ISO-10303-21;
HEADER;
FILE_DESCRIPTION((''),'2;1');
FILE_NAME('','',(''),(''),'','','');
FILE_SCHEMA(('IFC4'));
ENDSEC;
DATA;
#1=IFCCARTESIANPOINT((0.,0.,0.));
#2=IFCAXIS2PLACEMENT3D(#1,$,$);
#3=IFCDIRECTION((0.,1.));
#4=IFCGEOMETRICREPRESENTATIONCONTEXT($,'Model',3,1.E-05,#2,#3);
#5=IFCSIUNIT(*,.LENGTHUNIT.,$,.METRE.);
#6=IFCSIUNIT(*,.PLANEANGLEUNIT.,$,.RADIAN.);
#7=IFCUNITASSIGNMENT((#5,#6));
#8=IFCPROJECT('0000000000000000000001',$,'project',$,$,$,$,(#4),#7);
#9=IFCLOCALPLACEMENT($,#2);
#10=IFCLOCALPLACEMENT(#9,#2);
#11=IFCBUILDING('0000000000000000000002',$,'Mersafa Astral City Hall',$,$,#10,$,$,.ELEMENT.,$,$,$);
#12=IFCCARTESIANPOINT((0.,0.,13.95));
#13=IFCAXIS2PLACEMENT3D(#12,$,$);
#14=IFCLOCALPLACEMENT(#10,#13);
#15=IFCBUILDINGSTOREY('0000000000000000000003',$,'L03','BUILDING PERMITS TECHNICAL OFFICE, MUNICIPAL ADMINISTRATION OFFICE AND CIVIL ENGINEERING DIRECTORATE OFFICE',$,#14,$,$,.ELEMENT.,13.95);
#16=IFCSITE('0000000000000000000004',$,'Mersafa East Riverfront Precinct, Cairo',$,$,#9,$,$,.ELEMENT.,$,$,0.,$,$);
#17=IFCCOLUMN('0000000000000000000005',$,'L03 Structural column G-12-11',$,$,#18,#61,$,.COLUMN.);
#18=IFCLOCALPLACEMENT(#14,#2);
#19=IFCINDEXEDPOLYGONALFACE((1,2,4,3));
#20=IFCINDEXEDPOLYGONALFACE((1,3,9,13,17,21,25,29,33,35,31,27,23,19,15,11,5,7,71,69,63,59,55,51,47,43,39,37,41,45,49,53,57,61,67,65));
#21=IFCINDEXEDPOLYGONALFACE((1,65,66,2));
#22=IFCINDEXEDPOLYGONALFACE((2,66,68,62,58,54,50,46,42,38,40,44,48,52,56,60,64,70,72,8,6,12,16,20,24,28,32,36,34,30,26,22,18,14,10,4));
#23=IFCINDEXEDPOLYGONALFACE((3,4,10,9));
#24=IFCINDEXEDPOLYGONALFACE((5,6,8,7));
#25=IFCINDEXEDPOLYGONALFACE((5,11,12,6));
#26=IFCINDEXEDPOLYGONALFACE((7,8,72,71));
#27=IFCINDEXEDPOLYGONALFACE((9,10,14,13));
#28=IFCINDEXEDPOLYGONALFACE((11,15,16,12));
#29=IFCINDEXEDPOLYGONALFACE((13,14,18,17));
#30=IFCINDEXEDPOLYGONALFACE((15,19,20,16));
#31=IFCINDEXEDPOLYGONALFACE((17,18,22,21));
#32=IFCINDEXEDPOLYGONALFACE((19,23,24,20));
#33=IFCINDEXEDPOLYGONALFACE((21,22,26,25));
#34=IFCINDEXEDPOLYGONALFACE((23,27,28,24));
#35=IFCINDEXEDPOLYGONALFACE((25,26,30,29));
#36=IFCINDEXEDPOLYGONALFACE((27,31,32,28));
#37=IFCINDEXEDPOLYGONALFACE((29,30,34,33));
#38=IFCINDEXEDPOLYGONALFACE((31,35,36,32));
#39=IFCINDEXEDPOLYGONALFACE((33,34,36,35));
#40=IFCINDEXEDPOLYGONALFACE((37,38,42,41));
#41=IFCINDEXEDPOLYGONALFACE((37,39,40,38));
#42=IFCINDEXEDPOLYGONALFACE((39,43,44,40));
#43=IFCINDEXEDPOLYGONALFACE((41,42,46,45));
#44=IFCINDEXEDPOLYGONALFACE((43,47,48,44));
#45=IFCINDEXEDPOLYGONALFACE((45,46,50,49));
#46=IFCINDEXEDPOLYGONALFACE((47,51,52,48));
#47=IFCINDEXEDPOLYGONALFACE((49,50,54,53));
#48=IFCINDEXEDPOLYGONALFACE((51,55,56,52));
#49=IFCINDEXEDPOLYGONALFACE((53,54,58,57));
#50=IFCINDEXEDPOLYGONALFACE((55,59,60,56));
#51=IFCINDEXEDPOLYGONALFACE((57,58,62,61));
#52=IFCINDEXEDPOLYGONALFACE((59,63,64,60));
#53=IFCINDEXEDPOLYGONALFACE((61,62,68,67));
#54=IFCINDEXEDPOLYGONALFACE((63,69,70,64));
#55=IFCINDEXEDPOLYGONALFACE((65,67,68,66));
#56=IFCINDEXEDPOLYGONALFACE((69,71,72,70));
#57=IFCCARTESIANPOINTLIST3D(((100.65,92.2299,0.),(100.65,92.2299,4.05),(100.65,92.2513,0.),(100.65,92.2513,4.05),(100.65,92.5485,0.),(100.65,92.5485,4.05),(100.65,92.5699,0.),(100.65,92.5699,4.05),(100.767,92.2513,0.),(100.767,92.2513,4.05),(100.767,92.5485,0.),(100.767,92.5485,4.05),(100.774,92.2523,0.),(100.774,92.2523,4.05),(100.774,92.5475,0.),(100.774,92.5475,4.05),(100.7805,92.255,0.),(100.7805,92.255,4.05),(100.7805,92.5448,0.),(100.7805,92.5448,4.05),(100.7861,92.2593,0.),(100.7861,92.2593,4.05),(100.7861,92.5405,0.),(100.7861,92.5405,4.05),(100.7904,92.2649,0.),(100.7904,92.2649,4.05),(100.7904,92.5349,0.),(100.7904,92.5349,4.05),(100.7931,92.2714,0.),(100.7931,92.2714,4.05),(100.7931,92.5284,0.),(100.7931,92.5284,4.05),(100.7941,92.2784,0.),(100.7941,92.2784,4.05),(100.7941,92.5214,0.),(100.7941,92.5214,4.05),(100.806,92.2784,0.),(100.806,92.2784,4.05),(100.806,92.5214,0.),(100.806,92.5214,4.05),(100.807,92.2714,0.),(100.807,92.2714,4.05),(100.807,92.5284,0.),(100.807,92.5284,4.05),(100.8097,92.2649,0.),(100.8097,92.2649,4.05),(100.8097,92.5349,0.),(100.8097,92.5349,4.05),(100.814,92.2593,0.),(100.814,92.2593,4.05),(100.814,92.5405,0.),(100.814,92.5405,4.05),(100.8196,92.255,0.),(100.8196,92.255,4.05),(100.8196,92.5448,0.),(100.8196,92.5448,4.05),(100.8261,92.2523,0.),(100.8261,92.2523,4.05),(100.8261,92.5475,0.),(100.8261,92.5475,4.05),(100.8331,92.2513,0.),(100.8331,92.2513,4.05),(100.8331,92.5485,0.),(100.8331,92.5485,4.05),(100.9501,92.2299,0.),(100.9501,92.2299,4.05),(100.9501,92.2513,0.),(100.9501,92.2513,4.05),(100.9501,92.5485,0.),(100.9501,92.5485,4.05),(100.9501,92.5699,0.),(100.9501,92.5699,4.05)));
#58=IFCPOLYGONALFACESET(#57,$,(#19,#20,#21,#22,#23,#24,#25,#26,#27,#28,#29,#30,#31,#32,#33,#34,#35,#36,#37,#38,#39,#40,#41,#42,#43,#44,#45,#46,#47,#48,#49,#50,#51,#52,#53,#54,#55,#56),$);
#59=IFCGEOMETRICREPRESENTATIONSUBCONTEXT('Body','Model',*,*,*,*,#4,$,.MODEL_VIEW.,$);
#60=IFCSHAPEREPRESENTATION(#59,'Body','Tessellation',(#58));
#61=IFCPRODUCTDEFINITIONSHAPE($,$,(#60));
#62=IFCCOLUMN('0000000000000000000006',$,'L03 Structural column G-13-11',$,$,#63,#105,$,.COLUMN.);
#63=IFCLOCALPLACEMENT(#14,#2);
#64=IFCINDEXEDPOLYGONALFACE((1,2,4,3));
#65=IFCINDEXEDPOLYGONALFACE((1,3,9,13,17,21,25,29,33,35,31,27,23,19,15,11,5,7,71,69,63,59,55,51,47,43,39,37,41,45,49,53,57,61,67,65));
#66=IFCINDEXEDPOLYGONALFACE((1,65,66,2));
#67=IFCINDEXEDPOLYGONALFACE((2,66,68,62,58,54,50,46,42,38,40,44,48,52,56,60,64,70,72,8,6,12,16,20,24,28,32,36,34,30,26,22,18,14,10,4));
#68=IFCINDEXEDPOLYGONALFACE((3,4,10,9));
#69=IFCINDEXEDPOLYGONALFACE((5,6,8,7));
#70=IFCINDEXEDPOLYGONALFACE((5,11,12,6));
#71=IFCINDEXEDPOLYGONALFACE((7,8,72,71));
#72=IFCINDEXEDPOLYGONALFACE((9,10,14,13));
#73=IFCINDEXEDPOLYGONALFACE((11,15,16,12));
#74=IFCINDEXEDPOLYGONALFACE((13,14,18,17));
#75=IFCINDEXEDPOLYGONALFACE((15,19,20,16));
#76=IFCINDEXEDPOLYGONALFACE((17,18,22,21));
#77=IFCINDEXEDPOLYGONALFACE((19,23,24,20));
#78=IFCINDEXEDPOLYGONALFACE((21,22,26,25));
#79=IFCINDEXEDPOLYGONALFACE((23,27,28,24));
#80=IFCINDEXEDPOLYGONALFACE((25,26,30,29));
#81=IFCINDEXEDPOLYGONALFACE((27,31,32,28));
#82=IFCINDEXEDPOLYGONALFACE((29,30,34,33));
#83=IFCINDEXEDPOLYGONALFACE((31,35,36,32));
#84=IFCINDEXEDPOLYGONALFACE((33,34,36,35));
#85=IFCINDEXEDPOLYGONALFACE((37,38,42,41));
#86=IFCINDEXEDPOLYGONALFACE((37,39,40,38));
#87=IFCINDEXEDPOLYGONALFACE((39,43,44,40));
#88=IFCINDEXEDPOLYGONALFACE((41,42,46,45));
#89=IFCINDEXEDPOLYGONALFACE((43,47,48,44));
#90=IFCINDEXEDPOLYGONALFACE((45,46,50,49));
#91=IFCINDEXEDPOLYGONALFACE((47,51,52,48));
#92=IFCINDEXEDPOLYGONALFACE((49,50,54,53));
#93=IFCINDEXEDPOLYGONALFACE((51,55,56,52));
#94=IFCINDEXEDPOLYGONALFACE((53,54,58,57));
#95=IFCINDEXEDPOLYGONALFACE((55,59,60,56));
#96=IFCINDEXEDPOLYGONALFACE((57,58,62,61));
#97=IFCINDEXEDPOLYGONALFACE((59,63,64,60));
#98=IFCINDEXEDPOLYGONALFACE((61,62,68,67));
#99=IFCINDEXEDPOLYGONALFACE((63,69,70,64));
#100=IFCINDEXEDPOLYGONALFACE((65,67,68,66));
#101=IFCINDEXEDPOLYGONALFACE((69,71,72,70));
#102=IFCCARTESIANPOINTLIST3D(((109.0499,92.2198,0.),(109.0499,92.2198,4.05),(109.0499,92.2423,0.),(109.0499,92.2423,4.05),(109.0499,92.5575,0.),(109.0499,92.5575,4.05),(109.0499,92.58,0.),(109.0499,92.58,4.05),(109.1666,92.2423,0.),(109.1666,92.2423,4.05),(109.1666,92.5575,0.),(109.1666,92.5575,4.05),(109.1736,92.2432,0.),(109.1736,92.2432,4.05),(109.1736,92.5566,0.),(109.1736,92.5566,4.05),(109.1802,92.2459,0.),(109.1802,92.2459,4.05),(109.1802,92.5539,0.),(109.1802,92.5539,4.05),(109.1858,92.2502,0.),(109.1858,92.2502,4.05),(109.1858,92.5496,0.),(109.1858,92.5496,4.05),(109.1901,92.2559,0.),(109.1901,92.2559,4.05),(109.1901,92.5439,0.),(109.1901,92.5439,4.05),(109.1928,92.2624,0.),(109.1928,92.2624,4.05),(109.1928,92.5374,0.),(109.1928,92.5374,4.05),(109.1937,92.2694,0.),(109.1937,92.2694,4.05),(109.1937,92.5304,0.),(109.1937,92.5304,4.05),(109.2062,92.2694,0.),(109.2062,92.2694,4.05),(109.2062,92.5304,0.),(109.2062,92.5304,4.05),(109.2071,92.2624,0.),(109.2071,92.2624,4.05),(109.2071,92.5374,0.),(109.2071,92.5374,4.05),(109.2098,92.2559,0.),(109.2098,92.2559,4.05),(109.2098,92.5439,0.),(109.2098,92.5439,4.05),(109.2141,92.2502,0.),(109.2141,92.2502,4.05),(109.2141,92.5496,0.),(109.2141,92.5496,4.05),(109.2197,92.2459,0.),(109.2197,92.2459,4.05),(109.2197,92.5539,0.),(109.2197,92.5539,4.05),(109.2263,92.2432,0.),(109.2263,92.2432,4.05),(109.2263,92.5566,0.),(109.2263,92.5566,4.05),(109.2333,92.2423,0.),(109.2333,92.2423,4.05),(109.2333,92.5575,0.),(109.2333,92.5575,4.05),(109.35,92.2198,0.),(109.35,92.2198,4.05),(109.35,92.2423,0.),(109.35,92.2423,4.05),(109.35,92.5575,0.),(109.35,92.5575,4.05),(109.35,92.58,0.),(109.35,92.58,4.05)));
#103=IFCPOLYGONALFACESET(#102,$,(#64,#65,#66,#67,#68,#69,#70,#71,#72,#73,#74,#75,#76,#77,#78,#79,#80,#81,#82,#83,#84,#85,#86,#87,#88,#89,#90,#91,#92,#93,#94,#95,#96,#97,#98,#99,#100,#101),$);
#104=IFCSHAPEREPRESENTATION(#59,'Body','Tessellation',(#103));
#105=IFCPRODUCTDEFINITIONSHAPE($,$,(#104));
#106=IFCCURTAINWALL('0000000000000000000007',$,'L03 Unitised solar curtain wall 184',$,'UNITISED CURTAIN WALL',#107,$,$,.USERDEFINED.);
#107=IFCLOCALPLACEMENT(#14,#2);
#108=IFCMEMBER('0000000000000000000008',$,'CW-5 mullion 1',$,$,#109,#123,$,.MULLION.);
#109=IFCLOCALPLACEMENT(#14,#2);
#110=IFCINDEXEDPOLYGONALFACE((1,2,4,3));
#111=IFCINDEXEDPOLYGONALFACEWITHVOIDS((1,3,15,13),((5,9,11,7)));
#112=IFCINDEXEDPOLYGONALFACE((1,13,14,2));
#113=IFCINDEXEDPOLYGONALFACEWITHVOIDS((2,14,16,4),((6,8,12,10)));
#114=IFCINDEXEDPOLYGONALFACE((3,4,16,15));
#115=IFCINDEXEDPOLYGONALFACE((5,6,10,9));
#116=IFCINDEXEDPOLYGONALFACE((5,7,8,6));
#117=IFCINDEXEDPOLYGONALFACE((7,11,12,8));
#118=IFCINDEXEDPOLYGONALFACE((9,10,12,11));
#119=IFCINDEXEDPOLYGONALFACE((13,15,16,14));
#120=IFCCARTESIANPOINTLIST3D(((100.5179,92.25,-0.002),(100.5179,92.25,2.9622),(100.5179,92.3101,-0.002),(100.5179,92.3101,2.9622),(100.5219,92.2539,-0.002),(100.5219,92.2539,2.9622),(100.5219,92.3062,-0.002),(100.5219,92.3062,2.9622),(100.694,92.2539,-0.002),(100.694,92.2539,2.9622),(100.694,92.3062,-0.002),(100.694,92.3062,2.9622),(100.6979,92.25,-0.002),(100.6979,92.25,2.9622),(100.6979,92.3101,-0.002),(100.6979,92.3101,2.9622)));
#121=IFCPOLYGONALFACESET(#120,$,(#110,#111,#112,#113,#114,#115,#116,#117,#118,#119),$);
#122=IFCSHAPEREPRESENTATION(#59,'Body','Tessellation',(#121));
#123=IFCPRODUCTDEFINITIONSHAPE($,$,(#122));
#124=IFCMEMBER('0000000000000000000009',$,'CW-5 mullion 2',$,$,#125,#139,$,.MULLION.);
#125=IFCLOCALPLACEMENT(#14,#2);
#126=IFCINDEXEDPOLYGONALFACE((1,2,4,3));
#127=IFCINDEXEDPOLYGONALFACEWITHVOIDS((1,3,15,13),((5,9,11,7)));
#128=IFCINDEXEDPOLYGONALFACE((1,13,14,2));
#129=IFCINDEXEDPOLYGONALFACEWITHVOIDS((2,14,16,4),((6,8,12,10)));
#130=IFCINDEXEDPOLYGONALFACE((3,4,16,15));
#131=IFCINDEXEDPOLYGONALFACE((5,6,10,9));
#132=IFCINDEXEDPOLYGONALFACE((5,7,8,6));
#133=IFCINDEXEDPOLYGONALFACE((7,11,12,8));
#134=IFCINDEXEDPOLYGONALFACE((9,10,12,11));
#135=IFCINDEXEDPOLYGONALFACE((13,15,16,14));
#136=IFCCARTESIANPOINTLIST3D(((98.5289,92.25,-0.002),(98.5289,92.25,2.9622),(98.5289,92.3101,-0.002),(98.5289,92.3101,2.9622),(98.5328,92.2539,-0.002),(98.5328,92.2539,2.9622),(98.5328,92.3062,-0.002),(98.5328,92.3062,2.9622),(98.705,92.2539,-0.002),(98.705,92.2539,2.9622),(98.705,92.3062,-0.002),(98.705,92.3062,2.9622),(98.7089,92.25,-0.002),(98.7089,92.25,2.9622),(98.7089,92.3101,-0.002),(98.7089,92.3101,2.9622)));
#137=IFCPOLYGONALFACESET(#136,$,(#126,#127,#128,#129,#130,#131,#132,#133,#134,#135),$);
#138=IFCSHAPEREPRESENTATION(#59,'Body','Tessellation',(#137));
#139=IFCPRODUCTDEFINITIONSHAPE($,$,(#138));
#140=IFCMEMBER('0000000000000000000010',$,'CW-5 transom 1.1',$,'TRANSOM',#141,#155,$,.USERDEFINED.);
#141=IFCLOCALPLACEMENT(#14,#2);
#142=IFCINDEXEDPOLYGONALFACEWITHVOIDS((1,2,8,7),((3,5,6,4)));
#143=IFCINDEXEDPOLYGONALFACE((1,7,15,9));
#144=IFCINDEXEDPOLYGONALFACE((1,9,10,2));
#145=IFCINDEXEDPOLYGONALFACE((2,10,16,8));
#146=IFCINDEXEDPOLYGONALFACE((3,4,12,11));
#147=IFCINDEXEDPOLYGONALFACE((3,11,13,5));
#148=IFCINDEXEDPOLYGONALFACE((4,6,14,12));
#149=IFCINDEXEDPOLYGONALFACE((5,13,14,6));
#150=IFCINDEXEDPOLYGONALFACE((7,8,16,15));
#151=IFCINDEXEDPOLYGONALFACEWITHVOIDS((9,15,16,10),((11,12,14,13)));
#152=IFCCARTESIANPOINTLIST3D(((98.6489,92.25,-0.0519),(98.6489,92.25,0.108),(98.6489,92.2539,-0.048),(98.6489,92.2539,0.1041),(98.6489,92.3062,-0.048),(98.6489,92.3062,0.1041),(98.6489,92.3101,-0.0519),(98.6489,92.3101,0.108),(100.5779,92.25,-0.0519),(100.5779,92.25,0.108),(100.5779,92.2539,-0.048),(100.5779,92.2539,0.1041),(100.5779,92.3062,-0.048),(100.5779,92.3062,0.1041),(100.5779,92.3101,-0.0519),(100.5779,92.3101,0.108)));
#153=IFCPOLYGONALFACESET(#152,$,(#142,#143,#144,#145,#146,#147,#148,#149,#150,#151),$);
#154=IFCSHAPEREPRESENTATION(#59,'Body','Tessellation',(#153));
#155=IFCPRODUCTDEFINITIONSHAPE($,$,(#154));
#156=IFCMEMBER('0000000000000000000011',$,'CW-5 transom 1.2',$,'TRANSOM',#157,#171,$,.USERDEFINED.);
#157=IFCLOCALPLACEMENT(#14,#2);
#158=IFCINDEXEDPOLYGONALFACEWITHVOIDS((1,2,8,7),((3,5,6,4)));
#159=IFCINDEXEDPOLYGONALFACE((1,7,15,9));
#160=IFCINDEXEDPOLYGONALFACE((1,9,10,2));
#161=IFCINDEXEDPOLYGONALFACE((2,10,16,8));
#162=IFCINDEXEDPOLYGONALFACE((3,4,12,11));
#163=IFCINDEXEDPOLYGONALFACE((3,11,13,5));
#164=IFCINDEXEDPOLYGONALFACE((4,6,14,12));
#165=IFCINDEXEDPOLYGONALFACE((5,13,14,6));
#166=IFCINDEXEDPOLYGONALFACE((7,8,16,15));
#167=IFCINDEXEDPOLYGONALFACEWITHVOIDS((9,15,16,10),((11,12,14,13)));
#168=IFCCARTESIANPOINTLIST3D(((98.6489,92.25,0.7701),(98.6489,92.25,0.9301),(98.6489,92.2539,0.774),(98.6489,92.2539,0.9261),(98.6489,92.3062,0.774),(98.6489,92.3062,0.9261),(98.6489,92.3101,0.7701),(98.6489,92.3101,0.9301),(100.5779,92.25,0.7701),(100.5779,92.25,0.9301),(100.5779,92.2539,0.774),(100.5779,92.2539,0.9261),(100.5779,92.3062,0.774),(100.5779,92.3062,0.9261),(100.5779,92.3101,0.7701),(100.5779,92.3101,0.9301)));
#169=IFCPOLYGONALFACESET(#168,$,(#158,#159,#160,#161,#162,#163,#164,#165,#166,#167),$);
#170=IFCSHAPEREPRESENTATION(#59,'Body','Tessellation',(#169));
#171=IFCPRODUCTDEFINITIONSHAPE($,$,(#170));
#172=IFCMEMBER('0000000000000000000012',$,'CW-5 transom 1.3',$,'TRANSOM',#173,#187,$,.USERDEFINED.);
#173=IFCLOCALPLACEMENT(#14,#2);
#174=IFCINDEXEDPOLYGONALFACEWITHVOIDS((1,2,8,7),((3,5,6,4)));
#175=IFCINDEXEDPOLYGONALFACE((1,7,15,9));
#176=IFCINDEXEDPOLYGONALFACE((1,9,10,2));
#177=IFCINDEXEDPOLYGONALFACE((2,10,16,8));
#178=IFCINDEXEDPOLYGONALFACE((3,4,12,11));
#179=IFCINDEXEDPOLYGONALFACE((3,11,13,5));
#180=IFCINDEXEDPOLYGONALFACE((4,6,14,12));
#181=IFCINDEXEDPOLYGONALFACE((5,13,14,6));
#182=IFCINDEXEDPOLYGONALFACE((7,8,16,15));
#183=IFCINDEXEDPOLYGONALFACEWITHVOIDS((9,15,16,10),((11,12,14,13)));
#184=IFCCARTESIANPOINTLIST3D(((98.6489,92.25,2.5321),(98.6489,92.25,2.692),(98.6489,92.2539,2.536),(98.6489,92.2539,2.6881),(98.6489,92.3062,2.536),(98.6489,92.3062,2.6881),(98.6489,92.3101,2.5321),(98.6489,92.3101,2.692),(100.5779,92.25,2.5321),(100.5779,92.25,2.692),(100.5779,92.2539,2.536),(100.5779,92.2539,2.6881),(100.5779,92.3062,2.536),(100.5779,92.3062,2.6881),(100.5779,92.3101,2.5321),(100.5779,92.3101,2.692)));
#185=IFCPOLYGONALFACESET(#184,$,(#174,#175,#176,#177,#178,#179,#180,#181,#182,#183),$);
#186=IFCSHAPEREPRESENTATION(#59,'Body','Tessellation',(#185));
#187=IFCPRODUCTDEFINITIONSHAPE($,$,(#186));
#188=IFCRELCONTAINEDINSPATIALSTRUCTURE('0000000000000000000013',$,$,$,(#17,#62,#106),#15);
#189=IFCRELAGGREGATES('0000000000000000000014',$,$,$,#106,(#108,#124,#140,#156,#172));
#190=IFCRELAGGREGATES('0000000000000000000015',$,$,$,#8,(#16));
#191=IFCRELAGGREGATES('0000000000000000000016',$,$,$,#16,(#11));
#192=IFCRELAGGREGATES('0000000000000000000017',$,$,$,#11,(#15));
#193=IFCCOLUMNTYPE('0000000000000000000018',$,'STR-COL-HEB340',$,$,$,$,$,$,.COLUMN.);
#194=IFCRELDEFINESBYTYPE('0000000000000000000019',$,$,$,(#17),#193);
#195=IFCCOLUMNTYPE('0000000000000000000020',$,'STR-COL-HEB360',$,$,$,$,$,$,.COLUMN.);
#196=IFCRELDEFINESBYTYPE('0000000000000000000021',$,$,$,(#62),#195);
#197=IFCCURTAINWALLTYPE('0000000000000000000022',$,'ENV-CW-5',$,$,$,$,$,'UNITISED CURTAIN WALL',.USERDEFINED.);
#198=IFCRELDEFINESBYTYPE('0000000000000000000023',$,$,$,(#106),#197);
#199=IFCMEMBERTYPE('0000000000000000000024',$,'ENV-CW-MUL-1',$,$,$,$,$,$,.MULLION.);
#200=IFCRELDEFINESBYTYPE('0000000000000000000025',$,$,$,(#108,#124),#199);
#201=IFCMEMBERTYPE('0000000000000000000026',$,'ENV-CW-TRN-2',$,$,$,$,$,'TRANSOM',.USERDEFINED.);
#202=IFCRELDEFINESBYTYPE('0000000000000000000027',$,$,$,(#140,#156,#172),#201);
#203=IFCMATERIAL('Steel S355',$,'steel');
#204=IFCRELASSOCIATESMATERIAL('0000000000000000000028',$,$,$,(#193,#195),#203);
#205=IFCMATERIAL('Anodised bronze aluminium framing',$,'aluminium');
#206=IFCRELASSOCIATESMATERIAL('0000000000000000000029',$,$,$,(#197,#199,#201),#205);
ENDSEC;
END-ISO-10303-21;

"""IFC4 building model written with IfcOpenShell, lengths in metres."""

from ifc_helpers import new_model, si_unit, direction, frame, origin, origin_2d, place, context, subcontext, project, spatial, hollow_rectangle, i_section, extrude, material, material_profile, profile_set, type_object, element, aggregate, save


model = new_model("IFC4")

# Units and contexts
model_context = context("Model", 3, precision=1e-05, world=origin(), true_north=direction((0.0, 1.0)))
body_context = subcontext(model_context, "Body", "Model", "MODEL_VIEW")
ifc_project = project(units=[si_unit("LENGTHUNIT", "METRE"), si_unit("PLANEANGLEUNIT", "RADIAN")], contexts=[model_context])

# Site, building, storey
site_placement = place(None, origin())
site = spatial("IfcSite", under=ifc_project, at=site_placement, Name="Mersafa East Riverfront Precinct, Cairo", CompositionType="ELEMENT", RefElevation=0.0)
building_placement = place(site_placement, origin())
building = spatial("IfcBuilding", under=site, at=building_placement, Name="Mersafa Astral City Hall", CompositionType="ELEMENT")
storey_placement = place(building_placement, frame((0.0, 0.0, 13.95)))
storey = spatial("IfcBuildingStorey", under=building, at=storey_placement, Name="L03", Description="BUILDING PERMITS TECHNICAL OFFICE, MUNICIPAL ADMINISTRATION OFFICE AND CIVIL ENGINEERING DIRECTORATE OFFICE", CompositionType="ELEMENT", Elevation=13.95)

# Columns
ifc_material_1 = material(Name="Steel S355", Category="steel")
ifc_material_profile_1 = material_profile(ifc_material_1, i_section(OverallWidth=0.3, OverallDepth=0.3401, WebThickness=0.012, FlangeThickness=0.0215, FilletRadius=0.0271, at=origin_2d()), Name="HEB 340")
ifc_profile_set_1 = profile_set([ifc_material_profile_1], Name="Steel S355")
column_type_1 = type_object("IfcColumnType", Name="STR-COL-HEB340", PredefinedType="COLUMN", material=ifc_profile_set_1)
column_1_placement = place(storey_placement, frame((100.8, 92.3999, 0.0), z_axis=(0.0, 0.0, 1.0), x_axis=(1.0, 0.0, 0.0)))
element("IfcColumn", 1, at=column_1_placement, inside=storey, type_object=column_type_1, Name="L03 Structural column G-12-11", PredefinedType="COLUMN", context=body_context, shape_type="SweptSolid", body=[
    extrude(i_section(OverallWidth=0.3, OverallDepth=0.3401, WebThickness=0.012, FlangeThickness=0.0215, FilletRadius=0.0271, at=origin_2d()), origin(), (0.0, 0.0, 1.0), 4.05),
])
ifc_material_profile_2 = material_profile(ifc_material_1, i_section(OverallWidth=0.3, OverallDepth=0.3601, WebThickness=0.0125, FlangeThickness=0.0225, FilletRadius=0.0271, at=origin_2d()), Name="HEB 360")
ifc_profile_set_2 = profile_set([ifc_material_profile_2], Name="Steel S355")
column_type_2 = type_object("IfcColumnType", Name="STR-COL-HEB360", PredefinedType="COLUMN", material=ifc_profile_set_2)
column_2_placement = place(storey_placement, frame((109.2, 92.3999, 0.0), z_axis=(0.0, 0.0, 1.0), x_axis=(1.0, 0.0, 0.0)))
element("IfcColumn", 2, at=column_2_placement, inside=storey, type_object=column_type_2, Name="L03 Structural column G-13-11", PredefinedType="COLUMN", context=body_context, shape_type="SweptSolid", body=[
    extrude(i_section(OverallWidth=0.3, OverallDepth=0.3601, WebThickness=0.0125, FlangeThickness=0.0225, FilletRadius=0.0271, at=origin_2d()), origin(), (0.0, 0.0, 1.0), 4.05),
])

# Curtain wall, members
ifc_material_2 = material(Name="Anodised bronze aluminium framing", Category="aluminium")
curtain_wall_type = type_object("IfcCurtainWallType", Name="ENV-CW-5", ElementType="UNITISED CURTAIN WALL", PredefinedType="USERDEFINED", material=ifc_material_2)
curtain_wall_placement = place(storey_placement, origin())
curtain_wall = element("IfcCurtainWall", 3, at=curtain_wall_placement, inside=storey, type_object=curtain_wall_type, Name="L03 Unitised solar curtain wall 184", ObjectType="UNITISED CURTAIN WALL", PredefinedType="USERDEFINED")
ifc_material_profile_3 = material_profile(ifc_material_2, hollow_rectangle(XDim=0.0601, YDim=0.1799, WallThickness=0.0039, at=origin_2d()), Name="RHS 60x180x4")
ifc_profile_set_3 = profile_set([ifc_material_profile_3], Name="Anodised bronze aluminium framing")
member_type_1 = type_object("IfcMemberType", Name="ENV-CW-MUL-1", PredefinedType="MULLION", material=ifc_profile_set_3)
member_1_placement = place(storey_placement, frame((100.6079, 92.28, -0.002), z_axis=(0.0, 0.0, 1.0), x_axis=(0.0, -1.0, 0.0)))
member_1 = element("IfcMember", 4, at=member_1_placement, type_object=member_type_1, Name="CW-5 mullion 1", PredefinedType="MULLION", context=body_context, shape_type="SweptSolid", body=[
    extrude(hollow_rectangle(XDim=0.0601, YDim=0.1799, WallThickness=0.0039, at=origin_2d()), origin(), (0.0, 0.0, 1.0), 2.9641),
])
member_2_placement = place(storey_placement, frame((98.6189, 92.28, -0.002), z_axis=(0.0, 0.0, 1.0), x_axis=(0.0, -1.0, 0.0)))
member_2 = element("IfcMember", 5, at=member_2_placement, type_object=member_type_1, Name="CW-5 mullion 2", PredefinedType="MULLION", context=body_context, shape_type="SweptSolid", body=[
    extrude(hollow_rectangle(XDim=0.0601, YDim=0.1799, WallThickness=0.0039, at=origin_2d()), origin(), (0.0, 0.0, 1.0), 2.9641),
])
ifc_material_profile_4 = material_profile(ifc_material_2, hollow_rectangle(XDim=0.0601, YDim=0.1599, WallThickness=0.0039, at=origin_2d()), Name="RHS 60x160x4")
ifc_profile_set_4 = profile_set([ifc_material_profile_4], Name="Anodised bronze aluminium framing")
member_type_2 = type_object("IfcMemberType", Name="ENV-CW-TRN-2", ElementType="TRANSOM", PredefinedType="USERDEFINED", material=ifc_profile_set_4)
member_3_placement = place(storey_placement, frame((100.5779, 92.28, 0.0281), z_axis=(-1.0, 0.0, 0.0), x_axis=(0.0, -1.0, 0.0)))
member_3 = element("IfcMember", 6, at=member_3_placement, type_object=member_type_2, Name="CW-5 transom 1.1", ObjectType="TRANSOM", PredefinedType="USERDEFINED", context=body_context, shape_type="SweptSolid", body=[
    extrude(hollow_rectangle(XDim=0.0601, YDim=0.1599, WallThickness=0.0039, at=origin_2d()), origin(), (0.0, 0.0, 1.0), 1.929),
])
member_4_placement = place(storey_placement, frame((100.5779, 92.28, 0.8501), z_axis=(-1.0, 0.0, 0.0), x_axis=(0.0, -1.0, 0.0)))
member_4 = element("IfcMember", 7, at=member_4_placement, type_object=member_type_2, Name="CW-5 transom 1.2", ObjectType="TRANSOM", PredefinedType="USERDEFINED", context=body_context, shape_type="SweptSolid", body=[
    extrude(hollow_rectangle(XDim=0.0601, YDim=0.1599, WallThickness=0.0039, at=origin_2d()), origin(), (0.0, 0.0, 1.0), 1.929),
])
member_5_placement = place(storey_placement, frame((100.5779, 92.28, 2.6121), z_axis=(-1.0, 0.0, 0.0), x_axis=(0.0, -1.0, 0.0)))
member_5 = element("IfcMember", 8, at=member_5_placement, type_object=member_type_2, Name="CW-5 transom 1.3", ObjectType="TRANSOM", PredefinedType="USERDEFINED", context=body_context, shape_type="SweptSolid", body=[
    extrude(hollow_rectangle(XDim=0.0601, YDim=0.1599, WallThickness=0.0039, at=origin_2d()), origin(), (0.0, 0.0, 1.0), 1.929),
])

aggregate(curtain_wall, [member_1, member_2, member_3, member_4, member_5])

save(model, "model.ifc")
